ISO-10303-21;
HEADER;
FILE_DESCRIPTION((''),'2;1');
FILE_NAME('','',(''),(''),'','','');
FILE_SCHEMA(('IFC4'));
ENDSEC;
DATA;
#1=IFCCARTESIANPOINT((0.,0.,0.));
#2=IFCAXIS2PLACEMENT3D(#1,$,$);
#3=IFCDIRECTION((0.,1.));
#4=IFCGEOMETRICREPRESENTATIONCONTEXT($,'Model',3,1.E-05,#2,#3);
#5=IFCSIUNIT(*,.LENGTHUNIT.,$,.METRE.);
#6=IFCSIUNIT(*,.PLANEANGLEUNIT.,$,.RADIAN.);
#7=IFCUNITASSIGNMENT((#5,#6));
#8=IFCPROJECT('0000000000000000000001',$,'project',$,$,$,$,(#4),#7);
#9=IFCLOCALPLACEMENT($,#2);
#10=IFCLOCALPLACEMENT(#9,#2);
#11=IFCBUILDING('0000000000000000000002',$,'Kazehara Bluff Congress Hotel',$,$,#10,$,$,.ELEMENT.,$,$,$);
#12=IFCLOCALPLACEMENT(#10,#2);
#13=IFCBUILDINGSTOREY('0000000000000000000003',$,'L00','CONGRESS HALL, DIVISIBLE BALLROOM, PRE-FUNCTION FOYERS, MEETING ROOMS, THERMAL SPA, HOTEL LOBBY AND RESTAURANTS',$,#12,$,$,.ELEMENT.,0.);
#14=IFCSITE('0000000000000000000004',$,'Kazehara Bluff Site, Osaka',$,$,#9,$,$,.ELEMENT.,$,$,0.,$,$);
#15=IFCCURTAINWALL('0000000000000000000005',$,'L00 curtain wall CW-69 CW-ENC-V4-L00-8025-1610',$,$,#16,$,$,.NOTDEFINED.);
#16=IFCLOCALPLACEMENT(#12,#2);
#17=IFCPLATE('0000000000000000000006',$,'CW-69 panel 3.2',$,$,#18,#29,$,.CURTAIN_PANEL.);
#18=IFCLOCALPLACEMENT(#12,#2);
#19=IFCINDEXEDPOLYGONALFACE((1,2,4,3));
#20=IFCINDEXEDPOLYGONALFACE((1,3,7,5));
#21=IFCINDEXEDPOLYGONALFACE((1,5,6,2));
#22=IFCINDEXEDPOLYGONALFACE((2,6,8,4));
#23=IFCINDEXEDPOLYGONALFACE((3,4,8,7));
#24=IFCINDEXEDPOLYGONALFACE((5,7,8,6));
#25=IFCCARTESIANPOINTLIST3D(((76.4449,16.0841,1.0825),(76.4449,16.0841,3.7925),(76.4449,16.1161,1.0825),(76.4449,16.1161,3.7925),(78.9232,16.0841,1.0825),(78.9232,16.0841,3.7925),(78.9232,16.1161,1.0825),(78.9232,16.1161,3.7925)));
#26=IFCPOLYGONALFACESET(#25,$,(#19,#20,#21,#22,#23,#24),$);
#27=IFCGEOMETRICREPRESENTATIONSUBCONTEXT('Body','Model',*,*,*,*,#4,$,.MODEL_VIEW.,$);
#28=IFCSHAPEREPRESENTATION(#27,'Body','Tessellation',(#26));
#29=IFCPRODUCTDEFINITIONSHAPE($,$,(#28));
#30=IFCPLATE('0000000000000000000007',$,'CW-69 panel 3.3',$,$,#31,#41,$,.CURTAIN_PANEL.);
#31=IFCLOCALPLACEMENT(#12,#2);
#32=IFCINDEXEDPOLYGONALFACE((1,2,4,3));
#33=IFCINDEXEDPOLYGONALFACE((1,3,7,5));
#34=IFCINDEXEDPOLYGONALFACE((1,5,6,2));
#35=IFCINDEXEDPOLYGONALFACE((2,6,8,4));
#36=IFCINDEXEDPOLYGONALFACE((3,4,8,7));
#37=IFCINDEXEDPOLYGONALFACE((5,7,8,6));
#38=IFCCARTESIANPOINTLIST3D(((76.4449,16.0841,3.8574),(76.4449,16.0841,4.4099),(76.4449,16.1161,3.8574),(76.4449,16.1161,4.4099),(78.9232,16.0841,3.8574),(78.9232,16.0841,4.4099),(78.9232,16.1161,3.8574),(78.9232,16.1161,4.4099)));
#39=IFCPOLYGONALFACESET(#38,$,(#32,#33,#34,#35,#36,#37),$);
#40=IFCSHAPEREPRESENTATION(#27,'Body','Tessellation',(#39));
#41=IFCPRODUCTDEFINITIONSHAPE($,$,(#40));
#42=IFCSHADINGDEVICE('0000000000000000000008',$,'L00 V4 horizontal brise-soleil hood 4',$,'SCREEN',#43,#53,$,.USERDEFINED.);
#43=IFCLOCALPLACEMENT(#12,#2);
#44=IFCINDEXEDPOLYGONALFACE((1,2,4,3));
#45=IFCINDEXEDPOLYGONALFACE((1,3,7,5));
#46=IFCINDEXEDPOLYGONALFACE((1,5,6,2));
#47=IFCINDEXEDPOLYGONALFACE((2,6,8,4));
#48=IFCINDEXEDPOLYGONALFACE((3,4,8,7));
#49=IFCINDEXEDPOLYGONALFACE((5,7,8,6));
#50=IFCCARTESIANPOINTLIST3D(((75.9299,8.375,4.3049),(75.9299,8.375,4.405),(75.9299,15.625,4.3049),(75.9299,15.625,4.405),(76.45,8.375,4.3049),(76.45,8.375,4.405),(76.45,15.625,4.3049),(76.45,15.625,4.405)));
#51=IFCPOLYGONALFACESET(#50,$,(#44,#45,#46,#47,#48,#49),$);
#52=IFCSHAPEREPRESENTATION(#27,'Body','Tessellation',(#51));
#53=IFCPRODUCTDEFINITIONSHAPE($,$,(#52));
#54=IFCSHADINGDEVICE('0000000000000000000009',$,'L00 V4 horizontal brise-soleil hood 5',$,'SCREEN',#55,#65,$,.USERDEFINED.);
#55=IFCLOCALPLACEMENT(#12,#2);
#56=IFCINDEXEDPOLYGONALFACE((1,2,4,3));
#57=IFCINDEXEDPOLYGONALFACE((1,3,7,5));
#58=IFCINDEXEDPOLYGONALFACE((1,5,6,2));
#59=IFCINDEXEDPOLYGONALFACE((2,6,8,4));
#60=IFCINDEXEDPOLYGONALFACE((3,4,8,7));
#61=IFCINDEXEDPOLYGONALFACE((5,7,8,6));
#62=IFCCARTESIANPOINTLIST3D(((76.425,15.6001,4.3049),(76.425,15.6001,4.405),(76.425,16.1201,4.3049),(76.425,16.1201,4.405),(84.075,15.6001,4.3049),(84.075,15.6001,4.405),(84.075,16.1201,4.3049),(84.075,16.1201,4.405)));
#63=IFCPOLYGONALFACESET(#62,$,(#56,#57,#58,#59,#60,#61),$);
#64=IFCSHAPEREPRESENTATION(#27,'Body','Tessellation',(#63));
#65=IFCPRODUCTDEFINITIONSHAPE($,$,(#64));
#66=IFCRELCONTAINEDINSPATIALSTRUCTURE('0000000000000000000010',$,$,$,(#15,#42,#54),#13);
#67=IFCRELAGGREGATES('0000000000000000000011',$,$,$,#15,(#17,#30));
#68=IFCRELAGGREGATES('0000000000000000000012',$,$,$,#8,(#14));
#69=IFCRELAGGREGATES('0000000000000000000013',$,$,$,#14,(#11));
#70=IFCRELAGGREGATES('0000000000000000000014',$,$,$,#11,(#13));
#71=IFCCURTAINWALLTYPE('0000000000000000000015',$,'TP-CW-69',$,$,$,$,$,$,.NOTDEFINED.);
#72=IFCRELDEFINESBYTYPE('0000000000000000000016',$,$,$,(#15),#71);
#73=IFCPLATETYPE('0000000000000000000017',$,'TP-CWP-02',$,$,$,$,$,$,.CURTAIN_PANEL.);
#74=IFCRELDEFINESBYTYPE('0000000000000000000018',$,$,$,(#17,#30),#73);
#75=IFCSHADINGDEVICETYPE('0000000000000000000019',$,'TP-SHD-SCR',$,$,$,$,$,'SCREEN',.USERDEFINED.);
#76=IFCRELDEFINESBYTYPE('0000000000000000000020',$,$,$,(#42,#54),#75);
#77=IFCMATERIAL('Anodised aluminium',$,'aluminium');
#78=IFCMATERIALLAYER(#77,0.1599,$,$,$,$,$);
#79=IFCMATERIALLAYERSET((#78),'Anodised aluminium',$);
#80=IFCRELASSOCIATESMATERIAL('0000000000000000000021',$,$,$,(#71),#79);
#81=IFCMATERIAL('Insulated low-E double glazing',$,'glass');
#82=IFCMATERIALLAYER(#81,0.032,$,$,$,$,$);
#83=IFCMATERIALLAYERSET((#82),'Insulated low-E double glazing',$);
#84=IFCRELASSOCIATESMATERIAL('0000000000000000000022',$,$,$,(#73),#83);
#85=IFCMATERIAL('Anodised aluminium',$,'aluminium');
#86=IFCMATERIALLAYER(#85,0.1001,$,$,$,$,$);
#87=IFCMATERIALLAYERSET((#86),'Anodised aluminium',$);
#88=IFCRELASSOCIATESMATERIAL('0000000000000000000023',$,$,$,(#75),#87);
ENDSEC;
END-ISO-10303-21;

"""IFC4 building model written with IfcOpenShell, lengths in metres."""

from ifc_helpers import new_model, si_unit, direction, frame, origin, origin_2d, place, context, subcontext, project, spatial, rectangle, extrude, material, layer, layer_set, type_object, element, aggregate, save


model = new_model("IFC4")

# Units and contexts
model_context = context("Model", 3, precision=1e-05, world=origin(), true_north=direction((0.0, 1.0)))
body_context = subcontext(model_context, "Body", "Model", "MODEL_VIEW")
ifc_project = project(units=[si_unit("LENGTHUNIT", "METRE"), si_unit("PLANEANGLEUNIT", "RADIAN")], contexts=[model_context])

# Site, building, storey
site_placement = place(None, origin())
site = spatial("IfcSite", under=ifc_project, at=site_placement, Name="Kazehara Bluff Site, Osaka", CompositionType="ELEMENT", RefElevation=0.0)
building_placement = place(site_placement, origin())
building = spatial("IfcBuilding", under=site, at=building_placement, Name="Kazehara Bluff Congress Hotel", CompositionType="ELEMENT")
storey_placement = place(building_placement, origin())
storey = spatial("IfcBuildingStorey", under=building, at=storey_placement, Name="L00", Description="CONGRESS HALL, DIVISIBLE BALLROOM, PRE-FUNCTION FOYERS, MEETING ROOMS, THERMAL SPA, HOTEL LOBBY AND RESTAURANTS", CompositionType="ELEMENT", Elevation=0.0)

# Curtain wall
ifc_material_1 = material(Name="Anodised aluminium", Category="aluminium")
ifc_layer_1 = layer(ifc_material_1, 0.1599)
ifc_layer_set_1 = layer_set([ifc_layer_1], Name="Anodised aluminium")
curtain_wall_type_1 = type_object("IfcCurtainWallType", Name="TP-CW-69", PredefinedType="NOTDEFINED", material=ifc_layer_set_1)
curtain_wall_1_placement = place(storey_placement, origin())
curtain_wall_1 = element("IfcCurtainWall", 1, at=curtain_wall_1_placement, inside=storey, type_object=curtain_wall_type_1, Name="L00 curtain wall CW-69 CW-ENC-V4-L00-8025-1610", PredefinedType="NOTDEFINED")

# Plates
ifc_material_2 = material(Name="Insulated low-E double glazing", Category="glass")
ifc_layer_2 = layer(ifc_material_2, 0.032)
ifc_layer_set_2 = layer_set([ifc_layer_2], Name="Insulated low-E double glazing")
plate_type = type_object("IfcPlateType", Name="TP-CWP-02", PredefinedType="CURTAIN_PANEL", material=ifc_layer_set_2)
plate_1_placement = place(storey_placement, frame((77.6841, 16.1001, 1.0825), z_axis=(0.0, 0.0, 1.0), x_axis=(-1.0, 0.0, 0.0)))
plate_1 = element("IfcPlate", 2, at=plate_1_placement, type_object=plate_type, Name="CW-69 panel 3.2", PredefinedType="CURTAIN_PANEL", context=body_context, shape_type="SweptSolid", body=[
    extrude(rectangle(XDim=2.4783, YDim=0.032, at=origin_2d()), origin(), (0.0, 0.0, 1.0), 2.71),
])
plate_2_placement = place(storey_placement, frame((77.6841, 16.1001, 3.8574), z_axis=(0.0, 0.0, 1.0), x_axis=(-1.0, 0.0, 0.0)))
plate_2 = element("IfcPlate", 3, at=plate_2_placement, type_object=plate_type, Name="CW-69 panel 3.3", PredefinedType="CURTAIN_PANEL", context=body_context, shape_type="SweptSolid", body=[
    extrude(rectangle(XDim=2.4783, YDim=0.032, at=origin_2d()), origin(), (0.0, 0.0, 1.0), 0.5525),
])
aggregate(curtain_wall_1, [plate_1, plate_2])

# Shading devices
ifc_material_3 = material(Name="Anodised aluminium", Category="aluminium")
ifc_layer_3 = layer(ifc_material_3, 0.1001)
ifc_layer_set_3 = layer_set([ifc_layer_3], Name="Anodised aluminium")
shading_device_type = type_object("IfcShadingDeviceType", Name="TP-SHD-SCR", ElementType="SCREEN", PredefinedType="USERDEFINED", material=ifc_layer_set_3)
shading_device_1_placement = place(storey_placement, frame((76.1899, 12.0, 4.3049), z_axis=(0.0, 0.0, 1.0), x_axis=(1.0, 0.0, 0.0)))
element("IfcShadingDevice", 4, at=shading_device_1_placement, inside=storey, type_object=shading_device_type, Name="L00 V4 horizontal brise-soleil hood 4", ObjectType="SCREEN", PredefinedType="USERDEFINED", context=body_context, shape_type="SweptSolid", body=[
    extrude(rectangle(XDim=0.52, YDim=7.25, at=origin_2d()), origin(), (0.0, 0.0, 1.0), 0.1001),
])
shading_device_2_placement = place(storey_placement, frame((80.25, 15.8601, 4.3049), z_axis=(0.0, 0.0, 1.0), x_axis=(1.0, 0.0, 0.0)))
element("IfcShadingDevice", 5, at=shading_device_2_placement, inside=storey, type_object=shading_device_type, Name="L00 V4 horizontal brise-soleil hood 5", ObjectType="SCREEN", PredefinedType="USERDEFINED", context=body_context, shape_type="SweptSolid", body=[
    extrude(rectangle(XDim=7.6499, YDim=0.52, at=origin_2d()), origin(), (0.0, 0.0, 1.0), 0.1001),
])

save(model, "model.ifc")
